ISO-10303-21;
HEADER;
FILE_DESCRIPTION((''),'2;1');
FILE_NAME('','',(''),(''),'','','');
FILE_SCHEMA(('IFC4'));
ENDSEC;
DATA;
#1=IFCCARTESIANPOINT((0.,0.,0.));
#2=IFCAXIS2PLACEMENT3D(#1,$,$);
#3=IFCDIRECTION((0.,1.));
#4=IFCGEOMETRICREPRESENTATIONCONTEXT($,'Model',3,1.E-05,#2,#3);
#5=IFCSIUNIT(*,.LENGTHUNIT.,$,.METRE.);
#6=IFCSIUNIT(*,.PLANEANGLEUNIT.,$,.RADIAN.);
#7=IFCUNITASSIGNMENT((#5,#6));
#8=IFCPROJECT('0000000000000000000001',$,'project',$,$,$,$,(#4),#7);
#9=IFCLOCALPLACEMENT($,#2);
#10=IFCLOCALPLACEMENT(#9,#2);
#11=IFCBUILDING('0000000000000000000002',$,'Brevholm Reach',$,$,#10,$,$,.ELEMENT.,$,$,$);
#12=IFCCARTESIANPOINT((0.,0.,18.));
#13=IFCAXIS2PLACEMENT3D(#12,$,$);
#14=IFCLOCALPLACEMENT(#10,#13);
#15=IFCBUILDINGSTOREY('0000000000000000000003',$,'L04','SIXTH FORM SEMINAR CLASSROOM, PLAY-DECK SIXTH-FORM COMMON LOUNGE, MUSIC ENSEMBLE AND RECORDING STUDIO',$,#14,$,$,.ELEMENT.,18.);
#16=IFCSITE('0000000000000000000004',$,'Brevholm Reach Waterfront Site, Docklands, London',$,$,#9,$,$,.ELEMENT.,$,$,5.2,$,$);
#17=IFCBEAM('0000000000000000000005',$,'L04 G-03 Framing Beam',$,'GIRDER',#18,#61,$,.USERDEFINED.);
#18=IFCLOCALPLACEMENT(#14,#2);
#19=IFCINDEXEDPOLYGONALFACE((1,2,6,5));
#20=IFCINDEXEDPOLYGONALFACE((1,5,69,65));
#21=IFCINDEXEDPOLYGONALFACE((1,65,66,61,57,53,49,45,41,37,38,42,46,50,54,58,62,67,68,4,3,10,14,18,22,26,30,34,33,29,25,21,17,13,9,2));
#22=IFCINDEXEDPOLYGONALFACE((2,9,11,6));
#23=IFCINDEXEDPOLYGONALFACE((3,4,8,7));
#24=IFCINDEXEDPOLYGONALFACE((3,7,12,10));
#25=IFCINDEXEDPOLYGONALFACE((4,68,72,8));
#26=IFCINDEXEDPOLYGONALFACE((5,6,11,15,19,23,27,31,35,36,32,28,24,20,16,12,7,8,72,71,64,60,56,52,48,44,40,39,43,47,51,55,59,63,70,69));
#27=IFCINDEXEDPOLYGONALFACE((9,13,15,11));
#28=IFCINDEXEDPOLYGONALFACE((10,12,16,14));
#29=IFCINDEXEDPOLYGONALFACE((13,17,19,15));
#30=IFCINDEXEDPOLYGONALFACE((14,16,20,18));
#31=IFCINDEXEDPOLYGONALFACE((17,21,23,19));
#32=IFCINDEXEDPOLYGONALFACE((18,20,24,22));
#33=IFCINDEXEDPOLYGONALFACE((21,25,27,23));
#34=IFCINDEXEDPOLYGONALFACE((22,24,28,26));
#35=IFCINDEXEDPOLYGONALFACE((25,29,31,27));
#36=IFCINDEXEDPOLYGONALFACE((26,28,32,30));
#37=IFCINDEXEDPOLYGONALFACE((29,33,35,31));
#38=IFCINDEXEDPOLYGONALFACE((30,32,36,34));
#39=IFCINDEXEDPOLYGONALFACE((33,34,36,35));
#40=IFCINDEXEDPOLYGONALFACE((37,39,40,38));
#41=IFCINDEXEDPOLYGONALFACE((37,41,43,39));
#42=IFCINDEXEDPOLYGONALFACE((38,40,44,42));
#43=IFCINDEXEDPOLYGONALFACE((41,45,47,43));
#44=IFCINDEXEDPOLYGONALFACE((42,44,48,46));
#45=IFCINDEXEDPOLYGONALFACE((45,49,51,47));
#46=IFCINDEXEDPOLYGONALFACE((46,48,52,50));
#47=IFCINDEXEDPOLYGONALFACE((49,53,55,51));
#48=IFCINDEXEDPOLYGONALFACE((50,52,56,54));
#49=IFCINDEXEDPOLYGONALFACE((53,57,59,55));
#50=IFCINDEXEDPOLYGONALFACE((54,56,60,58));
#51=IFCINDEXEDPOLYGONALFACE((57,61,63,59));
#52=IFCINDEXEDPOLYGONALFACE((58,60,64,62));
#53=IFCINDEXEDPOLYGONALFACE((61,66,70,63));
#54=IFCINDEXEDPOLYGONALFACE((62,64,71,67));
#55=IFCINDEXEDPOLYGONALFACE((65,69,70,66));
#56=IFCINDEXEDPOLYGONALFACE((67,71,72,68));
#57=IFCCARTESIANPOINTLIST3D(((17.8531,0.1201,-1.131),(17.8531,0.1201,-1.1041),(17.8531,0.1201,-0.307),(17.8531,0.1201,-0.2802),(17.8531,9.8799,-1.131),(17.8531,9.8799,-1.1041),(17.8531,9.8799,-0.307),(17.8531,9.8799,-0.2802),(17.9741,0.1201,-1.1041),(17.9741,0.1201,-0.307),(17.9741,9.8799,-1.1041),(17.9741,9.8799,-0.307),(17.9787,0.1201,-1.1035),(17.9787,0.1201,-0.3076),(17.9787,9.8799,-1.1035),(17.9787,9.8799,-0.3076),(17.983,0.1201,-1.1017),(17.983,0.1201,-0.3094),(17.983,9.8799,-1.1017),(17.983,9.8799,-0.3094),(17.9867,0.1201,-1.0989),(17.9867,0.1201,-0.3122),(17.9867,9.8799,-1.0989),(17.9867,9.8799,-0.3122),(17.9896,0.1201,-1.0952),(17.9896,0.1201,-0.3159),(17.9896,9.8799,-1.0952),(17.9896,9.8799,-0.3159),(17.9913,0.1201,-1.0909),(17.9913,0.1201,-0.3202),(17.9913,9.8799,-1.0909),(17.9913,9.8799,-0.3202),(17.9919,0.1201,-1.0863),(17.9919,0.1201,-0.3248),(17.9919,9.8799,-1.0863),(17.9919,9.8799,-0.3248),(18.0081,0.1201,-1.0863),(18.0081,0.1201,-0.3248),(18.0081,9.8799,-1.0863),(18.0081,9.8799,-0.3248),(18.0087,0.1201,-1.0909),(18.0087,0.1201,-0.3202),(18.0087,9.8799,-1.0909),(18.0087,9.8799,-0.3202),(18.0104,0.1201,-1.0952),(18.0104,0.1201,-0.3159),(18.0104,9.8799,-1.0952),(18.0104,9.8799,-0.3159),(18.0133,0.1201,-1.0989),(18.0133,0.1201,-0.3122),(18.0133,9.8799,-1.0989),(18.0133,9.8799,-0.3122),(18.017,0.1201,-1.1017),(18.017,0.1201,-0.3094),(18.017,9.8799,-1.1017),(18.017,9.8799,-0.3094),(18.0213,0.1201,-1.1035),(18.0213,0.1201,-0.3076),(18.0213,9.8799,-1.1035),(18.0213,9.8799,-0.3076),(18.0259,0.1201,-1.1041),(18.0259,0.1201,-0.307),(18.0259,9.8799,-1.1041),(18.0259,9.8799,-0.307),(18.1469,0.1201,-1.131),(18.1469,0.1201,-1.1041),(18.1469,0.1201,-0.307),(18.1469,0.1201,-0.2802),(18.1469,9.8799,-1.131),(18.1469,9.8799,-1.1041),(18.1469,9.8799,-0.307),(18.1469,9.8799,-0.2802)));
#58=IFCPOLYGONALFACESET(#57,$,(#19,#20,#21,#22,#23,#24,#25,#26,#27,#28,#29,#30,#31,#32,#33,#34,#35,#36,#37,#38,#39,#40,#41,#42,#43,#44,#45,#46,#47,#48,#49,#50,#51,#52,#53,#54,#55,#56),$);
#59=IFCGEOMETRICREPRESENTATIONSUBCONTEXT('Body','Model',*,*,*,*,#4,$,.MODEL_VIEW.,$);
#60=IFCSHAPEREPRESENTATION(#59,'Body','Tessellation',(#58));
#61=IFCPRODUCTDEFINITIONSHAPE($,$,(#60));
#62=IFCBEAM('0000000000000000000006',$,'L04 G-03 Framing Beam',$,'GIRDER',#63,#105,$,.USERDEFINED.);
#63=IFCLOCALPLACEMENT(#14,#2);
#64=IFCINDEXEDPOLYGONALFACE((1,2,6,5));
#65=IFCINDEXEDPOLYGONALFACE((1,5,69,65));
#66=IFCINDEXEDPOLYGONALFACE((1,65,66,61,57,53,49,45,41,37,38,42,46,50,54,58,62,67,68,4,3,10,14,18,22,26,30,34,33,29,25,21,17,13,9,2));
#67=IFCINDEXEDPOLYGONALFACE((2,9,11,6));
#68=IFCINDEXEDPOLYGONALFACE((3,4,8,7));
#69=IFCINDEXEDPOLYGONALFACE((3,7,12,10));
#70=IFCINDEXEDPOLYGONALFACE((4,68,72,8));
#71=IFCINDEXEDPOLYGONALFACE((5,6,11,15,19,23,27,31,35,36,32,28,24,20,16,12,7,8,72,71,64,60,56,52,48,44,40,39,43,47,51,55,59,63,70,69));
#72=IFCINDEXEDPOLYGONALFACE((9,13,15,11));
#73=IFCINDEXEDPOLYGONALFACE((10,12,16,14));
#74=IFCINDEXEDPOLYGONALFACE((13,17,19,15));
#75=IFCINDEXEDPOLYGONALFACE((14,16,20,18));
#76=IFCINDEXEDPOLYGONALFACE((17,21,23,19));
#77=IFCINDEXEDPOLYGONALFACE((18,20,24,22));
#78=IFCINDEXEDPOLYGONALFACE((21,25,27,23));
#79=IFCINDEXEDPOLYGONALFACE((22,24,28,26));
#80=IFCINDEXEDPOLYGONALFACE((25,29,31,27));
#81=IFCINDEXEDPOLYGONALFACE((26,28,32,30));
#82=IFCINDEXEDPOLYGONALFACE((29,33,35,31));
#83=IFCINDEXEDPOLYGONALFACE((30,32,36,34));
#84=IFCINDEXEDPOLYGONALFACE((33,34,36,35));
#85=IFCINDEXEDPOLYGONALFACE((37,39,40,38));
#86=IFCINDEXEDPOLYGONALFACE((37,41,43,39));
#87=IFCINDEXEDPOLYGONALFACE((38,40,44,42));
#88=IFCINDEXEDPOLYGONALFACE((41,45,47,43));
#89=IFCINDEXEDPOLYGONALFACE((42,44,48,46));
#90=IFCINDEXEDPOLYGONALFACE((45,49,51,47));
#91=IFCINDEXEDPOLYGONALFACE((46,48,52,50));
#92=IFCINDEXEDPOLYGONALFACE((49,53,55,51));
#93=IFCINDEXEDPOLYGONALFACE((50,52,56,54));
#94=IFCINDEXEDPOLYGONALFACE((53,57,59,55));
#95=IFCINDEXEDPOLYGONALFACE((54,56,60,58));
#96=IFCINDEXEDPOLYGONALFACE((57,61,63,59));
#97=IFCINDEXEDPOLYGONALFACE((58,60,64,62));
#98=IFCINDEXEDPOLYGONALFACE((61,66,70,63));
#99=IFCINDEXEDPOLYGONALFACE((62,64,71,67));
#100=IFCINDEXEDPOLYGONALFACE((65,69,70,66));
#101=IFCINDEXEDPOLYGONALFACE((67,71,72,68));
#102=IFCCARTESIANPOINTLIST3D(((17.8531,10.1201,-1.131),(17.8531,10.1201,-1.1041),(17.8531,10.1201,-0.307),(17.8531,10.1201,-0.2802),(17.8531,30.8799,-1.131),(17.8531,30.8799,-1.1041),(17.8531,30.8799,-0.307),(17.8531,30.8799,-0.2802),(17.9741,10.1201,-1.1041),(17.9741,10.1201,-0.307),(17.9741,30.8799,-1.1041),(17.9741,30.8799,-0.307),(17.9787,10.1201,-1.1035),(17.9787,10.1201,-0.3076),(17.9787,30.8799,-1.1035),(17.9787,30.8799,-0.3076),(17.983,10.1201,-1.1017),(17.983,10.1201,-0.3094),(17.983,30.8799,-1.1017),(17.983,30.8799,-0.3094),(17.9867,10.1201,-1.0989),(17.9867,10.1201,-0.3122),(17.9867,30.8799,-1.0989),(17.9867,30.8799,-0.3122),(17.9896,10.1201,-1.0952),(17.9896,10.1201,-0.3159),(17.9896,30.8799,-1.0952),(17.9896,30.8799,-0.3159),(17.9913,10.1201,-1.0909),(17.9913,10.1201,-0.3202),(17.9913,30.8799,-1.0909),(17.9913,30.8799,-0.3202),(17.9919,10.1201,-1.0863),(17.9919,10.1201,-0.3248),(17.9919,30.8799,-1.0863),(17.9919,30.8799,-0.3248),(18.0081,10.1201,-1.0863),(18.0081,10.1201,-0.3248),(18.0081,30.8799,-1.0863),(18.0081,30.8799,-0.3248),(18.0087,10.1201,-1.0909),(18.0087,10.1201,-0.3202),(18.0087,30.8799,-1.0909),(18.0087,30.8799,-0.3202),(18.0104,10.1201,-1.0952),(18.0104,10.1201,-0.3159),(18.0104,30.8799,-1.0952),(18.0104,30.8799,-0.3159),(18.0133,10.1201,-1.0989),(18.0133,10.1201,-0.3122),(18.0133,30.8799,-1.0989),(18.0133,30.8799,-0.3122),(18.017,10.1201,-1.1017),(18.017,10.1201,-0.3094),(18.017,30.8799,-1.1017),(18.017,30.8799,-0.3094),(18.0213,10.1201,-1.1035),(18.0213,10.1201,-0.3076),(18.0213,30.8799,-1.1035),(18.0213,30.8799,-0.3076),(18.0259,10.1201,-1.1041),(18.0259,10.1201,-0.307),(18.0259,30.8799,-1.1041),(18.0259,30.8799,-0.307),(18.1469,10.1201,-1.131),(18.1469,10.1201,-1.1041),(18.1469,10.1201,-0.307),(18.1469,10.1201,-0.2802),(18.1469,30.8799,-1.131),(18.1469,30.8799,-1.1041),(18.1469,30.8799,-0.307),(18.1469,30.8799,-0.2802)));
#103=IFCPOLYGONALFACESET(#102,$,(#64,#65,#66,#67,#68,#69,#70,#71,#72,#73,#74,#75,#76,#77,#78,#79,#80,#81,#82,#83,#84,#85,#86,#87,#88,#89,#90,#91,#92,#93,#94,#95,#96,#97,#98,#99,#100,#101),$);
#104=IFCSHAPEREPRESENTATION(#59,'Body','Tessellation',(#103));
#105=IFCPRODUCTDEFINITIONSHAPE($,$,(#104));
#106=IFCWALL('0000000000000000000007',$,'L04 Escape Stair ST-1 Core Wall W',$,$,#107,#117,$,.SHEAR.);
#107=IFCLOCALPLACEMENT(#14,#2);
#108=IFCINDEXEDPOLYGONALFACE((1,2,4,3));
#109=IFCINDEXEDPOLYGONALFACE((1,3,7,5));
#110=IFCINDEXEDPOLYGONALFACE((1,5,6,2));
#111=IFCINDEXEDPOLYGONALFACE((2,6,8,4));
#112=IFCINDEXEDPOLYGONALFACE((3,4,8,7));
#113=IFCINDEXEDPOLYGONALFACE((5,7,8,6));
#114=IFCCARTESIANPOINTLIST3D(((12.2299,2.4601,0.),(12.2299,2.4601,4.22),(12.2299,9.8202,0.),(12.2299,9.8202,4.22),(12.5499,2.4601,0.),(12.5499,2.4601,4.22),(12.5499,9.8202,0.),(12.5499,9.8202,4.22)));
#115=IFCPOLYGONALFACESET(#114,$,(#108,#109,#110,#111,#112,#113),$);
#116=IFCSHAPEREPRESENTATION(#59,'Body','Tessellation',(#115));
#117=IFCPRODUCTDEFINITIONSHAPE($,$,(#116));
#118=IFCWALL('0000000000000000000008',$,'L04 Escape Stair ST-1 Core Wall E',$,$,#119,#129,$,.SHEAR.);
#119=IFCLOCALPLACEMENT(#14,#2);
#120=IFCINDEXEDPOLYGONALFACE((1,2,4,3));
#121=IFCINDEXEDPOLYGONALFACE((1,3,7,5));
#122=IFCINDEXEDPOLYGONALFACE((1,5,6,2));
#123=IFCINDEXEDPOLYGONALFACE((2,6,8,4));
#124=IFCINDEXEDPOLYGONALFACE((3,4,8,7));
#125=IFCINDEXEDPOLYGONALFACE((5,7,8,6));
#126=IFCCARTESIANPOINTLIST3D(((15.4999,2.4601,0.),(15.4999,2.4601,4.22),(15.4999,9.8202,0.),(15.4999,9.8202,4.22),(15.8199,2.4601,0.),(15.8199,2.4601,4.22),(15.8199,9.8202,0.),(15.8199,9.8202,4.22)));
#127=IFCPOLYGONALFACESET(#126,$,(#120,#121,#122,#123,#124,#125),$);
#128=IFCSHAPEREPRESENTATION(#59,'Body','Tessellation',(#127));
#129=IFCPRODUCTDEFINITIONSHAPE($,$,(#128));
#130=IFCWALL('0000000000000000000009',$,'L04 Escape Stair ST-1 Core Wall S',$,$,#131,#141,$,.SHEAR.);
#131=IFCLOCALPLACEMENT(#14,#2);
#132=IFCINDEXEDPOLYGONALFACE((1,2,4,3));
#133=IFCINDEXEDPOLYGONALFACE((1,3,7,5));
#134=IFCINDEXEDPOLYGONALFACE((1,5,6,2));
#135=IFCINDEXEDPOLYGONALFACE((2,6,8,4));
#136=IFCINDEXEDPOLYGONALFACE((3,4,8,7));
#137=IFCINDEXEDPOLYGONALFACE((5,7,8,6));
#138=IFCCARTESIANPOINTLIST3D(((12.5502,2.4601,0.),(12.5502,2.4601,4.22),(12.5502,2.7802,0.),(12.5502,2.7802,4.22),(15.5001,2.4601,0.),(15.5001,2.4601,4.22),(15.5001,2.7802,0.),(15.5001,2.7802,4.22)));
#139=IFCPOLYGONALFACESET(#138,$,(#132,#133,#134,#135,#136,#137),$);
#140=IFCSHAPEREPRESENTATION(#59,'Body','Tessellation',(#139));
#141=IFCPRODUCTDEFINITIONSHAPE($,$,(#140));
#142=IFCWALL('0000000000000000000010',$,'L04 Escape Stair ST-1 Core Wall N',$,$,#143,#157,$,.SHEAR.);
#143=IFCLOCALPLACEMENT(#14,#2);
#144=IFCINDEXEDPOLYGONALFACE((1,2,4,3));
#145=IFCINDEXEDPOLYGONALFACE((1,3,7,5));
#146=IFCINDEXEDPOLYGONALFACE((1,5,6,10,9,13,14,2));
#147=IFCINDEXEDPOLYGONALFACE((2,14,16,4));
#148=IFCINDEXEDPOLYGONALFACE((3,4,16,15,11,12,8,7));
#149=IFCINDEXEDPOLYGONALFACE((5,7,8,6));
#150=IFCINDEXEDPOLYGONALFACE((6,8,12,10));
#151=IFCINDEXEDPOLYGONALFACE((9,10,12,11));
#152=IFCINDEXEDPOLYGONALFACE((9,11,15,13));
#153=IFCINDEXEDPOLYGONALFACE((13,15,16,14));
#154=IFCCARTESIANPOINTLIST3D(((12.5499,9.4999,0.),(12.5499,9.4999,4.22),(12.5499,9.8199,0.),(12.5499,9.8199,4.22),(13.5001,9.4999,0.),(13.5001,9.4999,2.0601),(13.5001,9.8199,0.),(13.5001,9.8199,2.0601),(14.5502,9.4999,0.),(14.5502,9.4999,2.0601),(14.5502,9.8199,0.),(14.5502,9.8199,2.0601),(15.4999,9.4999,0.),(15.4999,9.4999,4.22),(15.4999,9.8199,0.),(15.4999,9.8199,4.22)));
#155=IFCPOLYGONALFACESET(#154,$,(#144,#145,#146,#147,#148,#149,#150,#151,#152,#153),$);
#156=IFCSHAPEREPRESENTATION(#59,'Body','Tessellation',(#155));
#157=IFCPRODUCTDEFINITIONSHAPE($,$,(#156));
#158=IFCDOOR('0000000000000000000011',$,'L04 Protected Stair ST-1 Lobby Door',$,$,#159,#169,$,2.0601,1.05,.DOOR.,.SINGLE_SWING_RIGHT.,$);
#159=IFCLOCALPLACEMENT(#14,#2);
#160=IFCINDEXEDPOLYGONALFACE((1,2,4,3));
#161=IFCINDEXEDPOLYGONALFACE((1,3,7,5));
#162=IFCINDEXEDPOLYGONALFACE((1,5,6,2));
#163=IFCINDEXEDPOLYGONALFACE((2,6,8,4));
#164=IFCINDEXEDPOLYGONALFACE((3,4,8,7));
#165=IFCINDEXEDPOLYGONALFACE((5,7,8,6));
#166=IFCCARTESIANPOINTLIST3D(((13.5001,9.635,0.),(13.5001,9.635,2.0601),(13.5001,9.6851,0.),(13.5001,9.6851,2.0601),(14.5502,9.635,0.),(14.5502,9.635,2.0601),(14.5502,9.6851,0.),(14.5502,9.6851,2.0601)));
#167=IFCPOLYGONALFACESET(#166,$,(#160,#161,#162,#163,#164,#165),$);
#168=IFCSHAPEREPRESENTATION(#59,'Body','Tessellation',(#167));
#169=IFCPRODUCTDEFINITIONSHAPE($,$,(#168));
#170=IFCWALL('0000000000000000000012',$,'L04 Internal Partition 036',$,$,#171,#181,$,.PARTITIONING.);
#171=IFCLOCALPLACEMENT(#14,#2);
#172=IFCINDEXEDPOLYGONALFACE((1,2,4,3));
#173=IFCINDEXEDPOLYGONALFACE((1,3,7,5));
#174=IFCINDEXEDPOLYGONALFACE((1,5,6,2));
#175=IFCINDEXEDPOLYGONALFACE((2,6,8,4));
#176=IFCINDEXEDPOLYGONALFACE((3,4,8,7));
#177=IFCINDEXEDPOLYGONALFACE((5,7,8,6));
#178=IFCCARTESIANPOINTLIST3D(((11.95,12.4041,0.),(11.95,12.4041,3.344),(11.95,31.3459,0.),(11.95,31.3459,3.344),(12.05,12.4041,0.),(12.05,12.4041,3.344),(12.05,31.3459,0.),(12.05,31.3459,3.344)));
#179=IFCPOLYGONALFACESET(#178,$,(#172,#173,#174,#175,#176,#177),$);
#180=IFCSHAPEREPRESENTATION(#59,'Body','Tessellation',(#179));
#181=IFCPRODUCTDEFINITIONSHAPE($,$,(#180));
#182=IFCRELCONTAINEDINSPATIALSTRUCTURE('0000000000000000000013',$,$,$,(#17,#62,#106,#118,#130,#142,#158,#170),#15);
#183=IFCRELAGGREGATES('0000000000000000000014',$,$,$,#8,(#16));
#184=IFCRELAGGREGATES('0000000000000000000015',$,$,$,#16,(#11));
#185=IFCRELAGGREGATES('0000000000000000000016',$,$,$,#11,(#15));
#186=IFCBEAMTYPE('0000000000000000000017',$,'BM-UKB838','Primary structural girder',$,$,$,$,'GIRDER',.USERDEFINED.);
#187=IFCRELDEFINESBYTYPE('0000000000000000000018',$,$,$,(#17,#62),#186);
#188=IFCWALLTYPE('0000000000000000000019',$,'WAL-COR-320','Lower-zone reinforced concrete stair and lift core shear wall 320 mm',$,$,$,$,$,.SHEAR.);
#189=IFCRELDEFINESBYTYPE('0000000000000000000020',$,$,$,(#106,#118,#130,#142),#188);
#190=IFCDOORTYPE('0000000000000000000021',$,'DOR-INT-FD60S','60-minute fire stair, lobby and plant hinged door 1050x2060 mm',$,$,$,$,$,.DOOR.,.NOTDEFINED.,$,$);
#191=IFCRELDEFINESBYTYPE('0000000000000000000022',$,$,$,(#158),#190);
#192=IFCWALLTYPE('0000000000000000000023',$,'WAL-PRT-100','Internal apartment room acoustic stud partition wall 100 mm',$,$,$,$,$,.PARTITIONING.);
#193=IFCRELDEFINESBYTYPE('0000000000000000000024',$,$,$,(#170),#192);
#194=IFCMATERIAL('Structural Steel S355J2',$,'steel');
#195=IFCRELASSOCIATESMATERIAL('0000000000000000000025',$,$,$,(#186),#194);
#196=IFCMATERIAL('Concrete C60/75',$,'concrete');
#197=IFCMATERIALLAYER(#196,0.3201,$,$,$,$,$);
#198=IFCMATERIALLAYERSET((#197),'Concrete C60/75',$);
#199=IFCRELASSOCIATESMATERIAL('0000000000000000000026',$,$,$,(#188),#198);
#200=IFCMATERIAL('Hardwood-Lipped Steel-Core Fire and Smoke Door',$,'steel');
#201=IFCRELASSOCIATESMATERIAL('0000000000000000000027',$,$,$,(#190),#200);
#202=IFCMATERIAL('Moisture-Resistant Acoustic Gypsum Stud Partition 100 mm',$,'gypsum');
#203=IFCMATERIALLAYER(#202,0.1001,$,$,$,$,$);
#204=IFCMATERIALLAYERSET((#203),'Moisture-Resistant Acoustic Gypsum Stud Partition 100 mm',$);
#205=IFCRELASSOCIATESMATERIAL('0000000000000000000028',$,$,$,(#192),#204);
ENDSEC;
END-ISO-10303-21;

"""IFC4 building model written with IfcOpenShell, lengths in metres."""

from ifc_helpers import new_model, si_unit, direction, frame, frame_2d, origin, origin_2d, place, context, subcontext, project, spatial, rectangle, i_section, extrude, material, layer, layer_set, material_profile, profile_set, type_object, element, fill, save


model = new_model("IFC4")

# Units and contexts
model_context = context("Model", 3, precision=1e-05, world=origin(), true_north=direction((0.0, 1.0)))
body_context = subcontext(model_context, "Body", "Model", "MODEL_VIEW")
ifc_project = project(units=[si_unit("LENGTHUNIT", "METRE"), si_unit("PLANEANGLEUNIT", "RADIAN")], contexts=[model_context])

# Site, building, storey
site_placement = place(None, origin())
site = spatial("IfcSite", under=ifc_project, at=site_placement, Name="Brevholm Reach Waterfront Site, Docklands, London", CompositionType="ELEMENT", RefElevation=5.2)
building_placement = place(site_placement, origin())
building = spatial("IfcBuilding", under=site, at=building_placement, Name="Brevholm Reach", CompositionType="ELEMENT")
storey_placement = place(building_placement, frame((0.0, 0.0, 18.0)))
storey = spatial("IfcBuildingStorey", under=building, at=storey_placement, Name="L04", Description="SIXTH FORM SEMINAR CLASSROOM, PLAY-DECK SIXTH-FORM COMMON LOUNGE, MUSIC ENSEMBLE AND RECORDING STUDIO", CompositionType="ELEMENT", Elevation=18.0)

# Beams
ifc_material_1 = material(Name="Structural Steel S355J2", Category="steel")
ifc_material_profile_1 = material_profile(ifc_material_1, i_section(OverallWidth=0.2937, OverallDepth=0.8508, WebThickness=0.0161, FlangeThickness=0.0269, FilletRadius=0.0178, at=origin_2d()), Name="UKB 838x292x226")
ifc_profile_set_1 = profile_set([ifc_material_profile_1], Name="Structural Steel S355J2")
beam_type_1 = type_object("IfcBeamType", Name="BM-UKB838", Description="Primary structural girder", ElementType="GIRDER", PredefinedType="USERDEFINED", material=ifc_profile_set_1)
beam_1_placement = place(storey_placement, frame((18.0, 0.1201, -0.7056), z_axis=(0.0, 1.0, 0.0), x_axis=(-1.0, 0.0, 0.0)))
element("IfcBeam", 1, at=beam_1_placement, inside=storey, type_object=beam_type_1, Name="L04 G-03 Framing Beam", ObjectType="GIRDER", PredefinedType="USERDEFINED", context=body_context, shape_type="SweptSolid", body=[
    extrude(i_section(OverallWidth=0.2937, OverallDepth=0.8508, WebThickness=0.0161, FlangeThickness=0.0269, FilletRadius=0.0178, at=origin_2d()), origin(), (0.0, 0.0, 1.0), 9.7598),
])
beam_2_placement = place(storey_placement, frame((18.0, 10.1201, -0.7056), z_axis=(0.0, 1.0, 0.0), x_axis=(-1.0, 0.0, 0.0)))
element("IfcBeam", 2, at=beam_2_placement, inside=storey, type_object=beam_type_1, Name="L04 G-03 Framing Beam", ObjectType="GIRDER", PredefinedType="USERDEFINED", context=body_context, shape_type="SweptSolid", body=[
    extrude(i_section(OverallWidth=0.2937, OverallDepth=0.8508, WebThickness=0.0161, FlangeThickness=0.0269, FilletRadius=0.0178, at=origin_2d()), origin(), (0.0, 0.0, 1.0), 20.7598),
])

# Walls
ifc_material_2 = material(Name="Concrete C60/75", Category="concrete")
ifc_layer_1 = layer(ifc_material_2, 0.3201)
ifc_layer_set_1 = layer_set([ifc_layer_1], Name="Concrete C60/75")
wall_type_1 = type_object("IfcWallType", Name="WAL-COR-320", Description="Lower-zone reinforced concrete stair and lift core shear wall 320 mm", PredefinedType="SHEAR", material=ifc_layer_set_1)
for number, where, z_axis, x_axis, name in (
    (3, (12.3899, 2.46, 0.0), (0.0, 0.0, 1.0), (0.0, 1.0, 0.0), "L04 Escape Stair ST-1 Core Wall W"),
    (4, (15.6599, 2.46, 0.0), (0.0, 0.0, 1.0), (0.0, 1.0, 0.0), "L04 Escape Stair ST-1 Core Wall E"),
):
    element("IfcWall", number, at=place(storey_placement, frame(where, z_axis=z_axis, x_axis=x_axis)), inside=storey, type_object=wall_type_1, Name=name, PredefinedType="SHEAR", context=body_context, shape_type="SweptSolid", body=[
        extrude(rectangle(XDim=7.3601, YDim=0.3201, at=frame_2d((3.6802, 0.0))), origin(), (0.0, 0.0, 1.0), 4.22),
    ])
wall_1_placement = place(storey_placement, frame((12.55, 2.6201, 0.0), z_axis=(0.0, 0.0, 1.0), x_axis=(1.0, 0.0, 0.0)))
element("IfcWall", 5, at=wall_1_placement, inside=storey, type_object=wall_type_1, Name="L04 Escape Stair ST-1 Core Wall S", PredefinedType="SHEAR", context=body_context, shape_type="SweptSolid", body=[
    extrude(rectangle(XDim=2.95, YDim=0.3201, at=frame_2d((1.4751, 0.0))), origin(), (0.0, 0.0, 1.0), 4.22),
])

# Wall, opening, door
wall_2_placement = place(storey_placement, frame((15.5, 9.6599, 0.0), z_axis=(0.0, 0.0, 1.0), x_axis=(-1.0, 0.0, 0.0)))
wall_2 = element("IfcWall", 6, at=wall_2_placement, inside=storey, type_object=wall_type_1, Name="L04 Escape Stair ST-1 Core Wall N", PredefinedType="SHEAR", context=body_context, shape_type="SweptSolid", body=[
    extrude(rectangle(XDim=2.95, YDim=0.3201, at=frame_2d((1.4751, 0.0))), origin(), (0.0, 0.0, 1.0), 4.22),
])
opening_1_placement = place(wall_2_placement, frame((0.95, 0.0, 0.0)))
opening_1 = element("IfcOpeningElement", 7, at=opening_1_placement, cuts=wall_2, PredefinedType="OPENING", context=body_context, shape_type="SweptSolid", body=[
    extrude(rectangle(XDim=1.05, YDim=2.0601, at=frame_2d((0.5249, 1.03))), frame((0.0, 0.1699, 0.0), z_axis=(0.0, -1.0, 0.0), x_axis=(1.0, 0.0, 0.0)), (0.0, 0.0, 1.0), 0.3401),
])
ifc_material_3 = material(Name="Hardwood-Lipped Steel-Core Fire and Smoke Door", Category="steel")
door_type = type_object("IfcDoorType", Name="DOR-INT-FD60S", Description="60-minute fire stair, lobby and plant hinged door 1050x2060 mm", OperationType="NOTDEFINED", PredefinedType="DOOR", material=ifc_material_3)
door_1_placement = place(opening_1_placement, origin())
door_1 = element("IfcDoor", 8, at=door_1_placement, inside=storey, type_object=door_type, Name="L04 Protected Stair ST-1 Lobby Door", OperationType="SINGLE_SWING_RIGHT", OverallHeight=2.0601, OverallWidth=1.05, PredefinedType="DOOR", context=body_context, shape_type="SweptSolid", body=[
    extrude(rectangle(XDim=1.05, YDim=2.0601, at=frame_2d((0.5249, 1.03))), frame((0.0, 0.0249, 0.0), z_axis=(0.0, -1.0, 0.0), x_axis=(1.0, 0.0, 0.0)), (0.0, 0.0, 1.0), 0.05),
])
fill(opening_1, door_1)

# Wall
ifc_material_4 = material(Name="Moisture-Resistant Acoustic Gypsum Stud Partition 100 mm", Category="gypsum")
ifc_layer_2 = layer(ifc_material_4, 0.1001)
ifc_layer_set_2 = layer_set([ifc_layer_2], Name="Moisture-Resistant Acoustic Gypsum Stud Partition 100 mm")
wall_type_2 = type_object("IfcWallType", Name="WAL-PRT-100", Description="Internal apartment room acoustic stud partition wall 100 mm", PredefinedType="PARTITIONING", material=ifc_layer_set_2)
wall_3_placement = place(storey_placement, frame((12.0, 12.4041, 0.0), z_axis=(0.0, 0.0, 1.0), x_axis=(0.0, 1.0, 0.0)))
element("IfcWall", 9, at=wall_3_placement, inside=storey, type_object=wall_type_2, Name="L04 Internal Partition 036", PredefinedType="PARTITIONING", context=body_context, shape_type="SweptSolid", body=[
    extrude(rectangle(XDim=18.9419, YDim=0.1001, at=frame_2d((9.4709, 0.0))), origin(), (0.0, 0.0, 1.0), 3.344),
])

save(model, "model.ifc")
